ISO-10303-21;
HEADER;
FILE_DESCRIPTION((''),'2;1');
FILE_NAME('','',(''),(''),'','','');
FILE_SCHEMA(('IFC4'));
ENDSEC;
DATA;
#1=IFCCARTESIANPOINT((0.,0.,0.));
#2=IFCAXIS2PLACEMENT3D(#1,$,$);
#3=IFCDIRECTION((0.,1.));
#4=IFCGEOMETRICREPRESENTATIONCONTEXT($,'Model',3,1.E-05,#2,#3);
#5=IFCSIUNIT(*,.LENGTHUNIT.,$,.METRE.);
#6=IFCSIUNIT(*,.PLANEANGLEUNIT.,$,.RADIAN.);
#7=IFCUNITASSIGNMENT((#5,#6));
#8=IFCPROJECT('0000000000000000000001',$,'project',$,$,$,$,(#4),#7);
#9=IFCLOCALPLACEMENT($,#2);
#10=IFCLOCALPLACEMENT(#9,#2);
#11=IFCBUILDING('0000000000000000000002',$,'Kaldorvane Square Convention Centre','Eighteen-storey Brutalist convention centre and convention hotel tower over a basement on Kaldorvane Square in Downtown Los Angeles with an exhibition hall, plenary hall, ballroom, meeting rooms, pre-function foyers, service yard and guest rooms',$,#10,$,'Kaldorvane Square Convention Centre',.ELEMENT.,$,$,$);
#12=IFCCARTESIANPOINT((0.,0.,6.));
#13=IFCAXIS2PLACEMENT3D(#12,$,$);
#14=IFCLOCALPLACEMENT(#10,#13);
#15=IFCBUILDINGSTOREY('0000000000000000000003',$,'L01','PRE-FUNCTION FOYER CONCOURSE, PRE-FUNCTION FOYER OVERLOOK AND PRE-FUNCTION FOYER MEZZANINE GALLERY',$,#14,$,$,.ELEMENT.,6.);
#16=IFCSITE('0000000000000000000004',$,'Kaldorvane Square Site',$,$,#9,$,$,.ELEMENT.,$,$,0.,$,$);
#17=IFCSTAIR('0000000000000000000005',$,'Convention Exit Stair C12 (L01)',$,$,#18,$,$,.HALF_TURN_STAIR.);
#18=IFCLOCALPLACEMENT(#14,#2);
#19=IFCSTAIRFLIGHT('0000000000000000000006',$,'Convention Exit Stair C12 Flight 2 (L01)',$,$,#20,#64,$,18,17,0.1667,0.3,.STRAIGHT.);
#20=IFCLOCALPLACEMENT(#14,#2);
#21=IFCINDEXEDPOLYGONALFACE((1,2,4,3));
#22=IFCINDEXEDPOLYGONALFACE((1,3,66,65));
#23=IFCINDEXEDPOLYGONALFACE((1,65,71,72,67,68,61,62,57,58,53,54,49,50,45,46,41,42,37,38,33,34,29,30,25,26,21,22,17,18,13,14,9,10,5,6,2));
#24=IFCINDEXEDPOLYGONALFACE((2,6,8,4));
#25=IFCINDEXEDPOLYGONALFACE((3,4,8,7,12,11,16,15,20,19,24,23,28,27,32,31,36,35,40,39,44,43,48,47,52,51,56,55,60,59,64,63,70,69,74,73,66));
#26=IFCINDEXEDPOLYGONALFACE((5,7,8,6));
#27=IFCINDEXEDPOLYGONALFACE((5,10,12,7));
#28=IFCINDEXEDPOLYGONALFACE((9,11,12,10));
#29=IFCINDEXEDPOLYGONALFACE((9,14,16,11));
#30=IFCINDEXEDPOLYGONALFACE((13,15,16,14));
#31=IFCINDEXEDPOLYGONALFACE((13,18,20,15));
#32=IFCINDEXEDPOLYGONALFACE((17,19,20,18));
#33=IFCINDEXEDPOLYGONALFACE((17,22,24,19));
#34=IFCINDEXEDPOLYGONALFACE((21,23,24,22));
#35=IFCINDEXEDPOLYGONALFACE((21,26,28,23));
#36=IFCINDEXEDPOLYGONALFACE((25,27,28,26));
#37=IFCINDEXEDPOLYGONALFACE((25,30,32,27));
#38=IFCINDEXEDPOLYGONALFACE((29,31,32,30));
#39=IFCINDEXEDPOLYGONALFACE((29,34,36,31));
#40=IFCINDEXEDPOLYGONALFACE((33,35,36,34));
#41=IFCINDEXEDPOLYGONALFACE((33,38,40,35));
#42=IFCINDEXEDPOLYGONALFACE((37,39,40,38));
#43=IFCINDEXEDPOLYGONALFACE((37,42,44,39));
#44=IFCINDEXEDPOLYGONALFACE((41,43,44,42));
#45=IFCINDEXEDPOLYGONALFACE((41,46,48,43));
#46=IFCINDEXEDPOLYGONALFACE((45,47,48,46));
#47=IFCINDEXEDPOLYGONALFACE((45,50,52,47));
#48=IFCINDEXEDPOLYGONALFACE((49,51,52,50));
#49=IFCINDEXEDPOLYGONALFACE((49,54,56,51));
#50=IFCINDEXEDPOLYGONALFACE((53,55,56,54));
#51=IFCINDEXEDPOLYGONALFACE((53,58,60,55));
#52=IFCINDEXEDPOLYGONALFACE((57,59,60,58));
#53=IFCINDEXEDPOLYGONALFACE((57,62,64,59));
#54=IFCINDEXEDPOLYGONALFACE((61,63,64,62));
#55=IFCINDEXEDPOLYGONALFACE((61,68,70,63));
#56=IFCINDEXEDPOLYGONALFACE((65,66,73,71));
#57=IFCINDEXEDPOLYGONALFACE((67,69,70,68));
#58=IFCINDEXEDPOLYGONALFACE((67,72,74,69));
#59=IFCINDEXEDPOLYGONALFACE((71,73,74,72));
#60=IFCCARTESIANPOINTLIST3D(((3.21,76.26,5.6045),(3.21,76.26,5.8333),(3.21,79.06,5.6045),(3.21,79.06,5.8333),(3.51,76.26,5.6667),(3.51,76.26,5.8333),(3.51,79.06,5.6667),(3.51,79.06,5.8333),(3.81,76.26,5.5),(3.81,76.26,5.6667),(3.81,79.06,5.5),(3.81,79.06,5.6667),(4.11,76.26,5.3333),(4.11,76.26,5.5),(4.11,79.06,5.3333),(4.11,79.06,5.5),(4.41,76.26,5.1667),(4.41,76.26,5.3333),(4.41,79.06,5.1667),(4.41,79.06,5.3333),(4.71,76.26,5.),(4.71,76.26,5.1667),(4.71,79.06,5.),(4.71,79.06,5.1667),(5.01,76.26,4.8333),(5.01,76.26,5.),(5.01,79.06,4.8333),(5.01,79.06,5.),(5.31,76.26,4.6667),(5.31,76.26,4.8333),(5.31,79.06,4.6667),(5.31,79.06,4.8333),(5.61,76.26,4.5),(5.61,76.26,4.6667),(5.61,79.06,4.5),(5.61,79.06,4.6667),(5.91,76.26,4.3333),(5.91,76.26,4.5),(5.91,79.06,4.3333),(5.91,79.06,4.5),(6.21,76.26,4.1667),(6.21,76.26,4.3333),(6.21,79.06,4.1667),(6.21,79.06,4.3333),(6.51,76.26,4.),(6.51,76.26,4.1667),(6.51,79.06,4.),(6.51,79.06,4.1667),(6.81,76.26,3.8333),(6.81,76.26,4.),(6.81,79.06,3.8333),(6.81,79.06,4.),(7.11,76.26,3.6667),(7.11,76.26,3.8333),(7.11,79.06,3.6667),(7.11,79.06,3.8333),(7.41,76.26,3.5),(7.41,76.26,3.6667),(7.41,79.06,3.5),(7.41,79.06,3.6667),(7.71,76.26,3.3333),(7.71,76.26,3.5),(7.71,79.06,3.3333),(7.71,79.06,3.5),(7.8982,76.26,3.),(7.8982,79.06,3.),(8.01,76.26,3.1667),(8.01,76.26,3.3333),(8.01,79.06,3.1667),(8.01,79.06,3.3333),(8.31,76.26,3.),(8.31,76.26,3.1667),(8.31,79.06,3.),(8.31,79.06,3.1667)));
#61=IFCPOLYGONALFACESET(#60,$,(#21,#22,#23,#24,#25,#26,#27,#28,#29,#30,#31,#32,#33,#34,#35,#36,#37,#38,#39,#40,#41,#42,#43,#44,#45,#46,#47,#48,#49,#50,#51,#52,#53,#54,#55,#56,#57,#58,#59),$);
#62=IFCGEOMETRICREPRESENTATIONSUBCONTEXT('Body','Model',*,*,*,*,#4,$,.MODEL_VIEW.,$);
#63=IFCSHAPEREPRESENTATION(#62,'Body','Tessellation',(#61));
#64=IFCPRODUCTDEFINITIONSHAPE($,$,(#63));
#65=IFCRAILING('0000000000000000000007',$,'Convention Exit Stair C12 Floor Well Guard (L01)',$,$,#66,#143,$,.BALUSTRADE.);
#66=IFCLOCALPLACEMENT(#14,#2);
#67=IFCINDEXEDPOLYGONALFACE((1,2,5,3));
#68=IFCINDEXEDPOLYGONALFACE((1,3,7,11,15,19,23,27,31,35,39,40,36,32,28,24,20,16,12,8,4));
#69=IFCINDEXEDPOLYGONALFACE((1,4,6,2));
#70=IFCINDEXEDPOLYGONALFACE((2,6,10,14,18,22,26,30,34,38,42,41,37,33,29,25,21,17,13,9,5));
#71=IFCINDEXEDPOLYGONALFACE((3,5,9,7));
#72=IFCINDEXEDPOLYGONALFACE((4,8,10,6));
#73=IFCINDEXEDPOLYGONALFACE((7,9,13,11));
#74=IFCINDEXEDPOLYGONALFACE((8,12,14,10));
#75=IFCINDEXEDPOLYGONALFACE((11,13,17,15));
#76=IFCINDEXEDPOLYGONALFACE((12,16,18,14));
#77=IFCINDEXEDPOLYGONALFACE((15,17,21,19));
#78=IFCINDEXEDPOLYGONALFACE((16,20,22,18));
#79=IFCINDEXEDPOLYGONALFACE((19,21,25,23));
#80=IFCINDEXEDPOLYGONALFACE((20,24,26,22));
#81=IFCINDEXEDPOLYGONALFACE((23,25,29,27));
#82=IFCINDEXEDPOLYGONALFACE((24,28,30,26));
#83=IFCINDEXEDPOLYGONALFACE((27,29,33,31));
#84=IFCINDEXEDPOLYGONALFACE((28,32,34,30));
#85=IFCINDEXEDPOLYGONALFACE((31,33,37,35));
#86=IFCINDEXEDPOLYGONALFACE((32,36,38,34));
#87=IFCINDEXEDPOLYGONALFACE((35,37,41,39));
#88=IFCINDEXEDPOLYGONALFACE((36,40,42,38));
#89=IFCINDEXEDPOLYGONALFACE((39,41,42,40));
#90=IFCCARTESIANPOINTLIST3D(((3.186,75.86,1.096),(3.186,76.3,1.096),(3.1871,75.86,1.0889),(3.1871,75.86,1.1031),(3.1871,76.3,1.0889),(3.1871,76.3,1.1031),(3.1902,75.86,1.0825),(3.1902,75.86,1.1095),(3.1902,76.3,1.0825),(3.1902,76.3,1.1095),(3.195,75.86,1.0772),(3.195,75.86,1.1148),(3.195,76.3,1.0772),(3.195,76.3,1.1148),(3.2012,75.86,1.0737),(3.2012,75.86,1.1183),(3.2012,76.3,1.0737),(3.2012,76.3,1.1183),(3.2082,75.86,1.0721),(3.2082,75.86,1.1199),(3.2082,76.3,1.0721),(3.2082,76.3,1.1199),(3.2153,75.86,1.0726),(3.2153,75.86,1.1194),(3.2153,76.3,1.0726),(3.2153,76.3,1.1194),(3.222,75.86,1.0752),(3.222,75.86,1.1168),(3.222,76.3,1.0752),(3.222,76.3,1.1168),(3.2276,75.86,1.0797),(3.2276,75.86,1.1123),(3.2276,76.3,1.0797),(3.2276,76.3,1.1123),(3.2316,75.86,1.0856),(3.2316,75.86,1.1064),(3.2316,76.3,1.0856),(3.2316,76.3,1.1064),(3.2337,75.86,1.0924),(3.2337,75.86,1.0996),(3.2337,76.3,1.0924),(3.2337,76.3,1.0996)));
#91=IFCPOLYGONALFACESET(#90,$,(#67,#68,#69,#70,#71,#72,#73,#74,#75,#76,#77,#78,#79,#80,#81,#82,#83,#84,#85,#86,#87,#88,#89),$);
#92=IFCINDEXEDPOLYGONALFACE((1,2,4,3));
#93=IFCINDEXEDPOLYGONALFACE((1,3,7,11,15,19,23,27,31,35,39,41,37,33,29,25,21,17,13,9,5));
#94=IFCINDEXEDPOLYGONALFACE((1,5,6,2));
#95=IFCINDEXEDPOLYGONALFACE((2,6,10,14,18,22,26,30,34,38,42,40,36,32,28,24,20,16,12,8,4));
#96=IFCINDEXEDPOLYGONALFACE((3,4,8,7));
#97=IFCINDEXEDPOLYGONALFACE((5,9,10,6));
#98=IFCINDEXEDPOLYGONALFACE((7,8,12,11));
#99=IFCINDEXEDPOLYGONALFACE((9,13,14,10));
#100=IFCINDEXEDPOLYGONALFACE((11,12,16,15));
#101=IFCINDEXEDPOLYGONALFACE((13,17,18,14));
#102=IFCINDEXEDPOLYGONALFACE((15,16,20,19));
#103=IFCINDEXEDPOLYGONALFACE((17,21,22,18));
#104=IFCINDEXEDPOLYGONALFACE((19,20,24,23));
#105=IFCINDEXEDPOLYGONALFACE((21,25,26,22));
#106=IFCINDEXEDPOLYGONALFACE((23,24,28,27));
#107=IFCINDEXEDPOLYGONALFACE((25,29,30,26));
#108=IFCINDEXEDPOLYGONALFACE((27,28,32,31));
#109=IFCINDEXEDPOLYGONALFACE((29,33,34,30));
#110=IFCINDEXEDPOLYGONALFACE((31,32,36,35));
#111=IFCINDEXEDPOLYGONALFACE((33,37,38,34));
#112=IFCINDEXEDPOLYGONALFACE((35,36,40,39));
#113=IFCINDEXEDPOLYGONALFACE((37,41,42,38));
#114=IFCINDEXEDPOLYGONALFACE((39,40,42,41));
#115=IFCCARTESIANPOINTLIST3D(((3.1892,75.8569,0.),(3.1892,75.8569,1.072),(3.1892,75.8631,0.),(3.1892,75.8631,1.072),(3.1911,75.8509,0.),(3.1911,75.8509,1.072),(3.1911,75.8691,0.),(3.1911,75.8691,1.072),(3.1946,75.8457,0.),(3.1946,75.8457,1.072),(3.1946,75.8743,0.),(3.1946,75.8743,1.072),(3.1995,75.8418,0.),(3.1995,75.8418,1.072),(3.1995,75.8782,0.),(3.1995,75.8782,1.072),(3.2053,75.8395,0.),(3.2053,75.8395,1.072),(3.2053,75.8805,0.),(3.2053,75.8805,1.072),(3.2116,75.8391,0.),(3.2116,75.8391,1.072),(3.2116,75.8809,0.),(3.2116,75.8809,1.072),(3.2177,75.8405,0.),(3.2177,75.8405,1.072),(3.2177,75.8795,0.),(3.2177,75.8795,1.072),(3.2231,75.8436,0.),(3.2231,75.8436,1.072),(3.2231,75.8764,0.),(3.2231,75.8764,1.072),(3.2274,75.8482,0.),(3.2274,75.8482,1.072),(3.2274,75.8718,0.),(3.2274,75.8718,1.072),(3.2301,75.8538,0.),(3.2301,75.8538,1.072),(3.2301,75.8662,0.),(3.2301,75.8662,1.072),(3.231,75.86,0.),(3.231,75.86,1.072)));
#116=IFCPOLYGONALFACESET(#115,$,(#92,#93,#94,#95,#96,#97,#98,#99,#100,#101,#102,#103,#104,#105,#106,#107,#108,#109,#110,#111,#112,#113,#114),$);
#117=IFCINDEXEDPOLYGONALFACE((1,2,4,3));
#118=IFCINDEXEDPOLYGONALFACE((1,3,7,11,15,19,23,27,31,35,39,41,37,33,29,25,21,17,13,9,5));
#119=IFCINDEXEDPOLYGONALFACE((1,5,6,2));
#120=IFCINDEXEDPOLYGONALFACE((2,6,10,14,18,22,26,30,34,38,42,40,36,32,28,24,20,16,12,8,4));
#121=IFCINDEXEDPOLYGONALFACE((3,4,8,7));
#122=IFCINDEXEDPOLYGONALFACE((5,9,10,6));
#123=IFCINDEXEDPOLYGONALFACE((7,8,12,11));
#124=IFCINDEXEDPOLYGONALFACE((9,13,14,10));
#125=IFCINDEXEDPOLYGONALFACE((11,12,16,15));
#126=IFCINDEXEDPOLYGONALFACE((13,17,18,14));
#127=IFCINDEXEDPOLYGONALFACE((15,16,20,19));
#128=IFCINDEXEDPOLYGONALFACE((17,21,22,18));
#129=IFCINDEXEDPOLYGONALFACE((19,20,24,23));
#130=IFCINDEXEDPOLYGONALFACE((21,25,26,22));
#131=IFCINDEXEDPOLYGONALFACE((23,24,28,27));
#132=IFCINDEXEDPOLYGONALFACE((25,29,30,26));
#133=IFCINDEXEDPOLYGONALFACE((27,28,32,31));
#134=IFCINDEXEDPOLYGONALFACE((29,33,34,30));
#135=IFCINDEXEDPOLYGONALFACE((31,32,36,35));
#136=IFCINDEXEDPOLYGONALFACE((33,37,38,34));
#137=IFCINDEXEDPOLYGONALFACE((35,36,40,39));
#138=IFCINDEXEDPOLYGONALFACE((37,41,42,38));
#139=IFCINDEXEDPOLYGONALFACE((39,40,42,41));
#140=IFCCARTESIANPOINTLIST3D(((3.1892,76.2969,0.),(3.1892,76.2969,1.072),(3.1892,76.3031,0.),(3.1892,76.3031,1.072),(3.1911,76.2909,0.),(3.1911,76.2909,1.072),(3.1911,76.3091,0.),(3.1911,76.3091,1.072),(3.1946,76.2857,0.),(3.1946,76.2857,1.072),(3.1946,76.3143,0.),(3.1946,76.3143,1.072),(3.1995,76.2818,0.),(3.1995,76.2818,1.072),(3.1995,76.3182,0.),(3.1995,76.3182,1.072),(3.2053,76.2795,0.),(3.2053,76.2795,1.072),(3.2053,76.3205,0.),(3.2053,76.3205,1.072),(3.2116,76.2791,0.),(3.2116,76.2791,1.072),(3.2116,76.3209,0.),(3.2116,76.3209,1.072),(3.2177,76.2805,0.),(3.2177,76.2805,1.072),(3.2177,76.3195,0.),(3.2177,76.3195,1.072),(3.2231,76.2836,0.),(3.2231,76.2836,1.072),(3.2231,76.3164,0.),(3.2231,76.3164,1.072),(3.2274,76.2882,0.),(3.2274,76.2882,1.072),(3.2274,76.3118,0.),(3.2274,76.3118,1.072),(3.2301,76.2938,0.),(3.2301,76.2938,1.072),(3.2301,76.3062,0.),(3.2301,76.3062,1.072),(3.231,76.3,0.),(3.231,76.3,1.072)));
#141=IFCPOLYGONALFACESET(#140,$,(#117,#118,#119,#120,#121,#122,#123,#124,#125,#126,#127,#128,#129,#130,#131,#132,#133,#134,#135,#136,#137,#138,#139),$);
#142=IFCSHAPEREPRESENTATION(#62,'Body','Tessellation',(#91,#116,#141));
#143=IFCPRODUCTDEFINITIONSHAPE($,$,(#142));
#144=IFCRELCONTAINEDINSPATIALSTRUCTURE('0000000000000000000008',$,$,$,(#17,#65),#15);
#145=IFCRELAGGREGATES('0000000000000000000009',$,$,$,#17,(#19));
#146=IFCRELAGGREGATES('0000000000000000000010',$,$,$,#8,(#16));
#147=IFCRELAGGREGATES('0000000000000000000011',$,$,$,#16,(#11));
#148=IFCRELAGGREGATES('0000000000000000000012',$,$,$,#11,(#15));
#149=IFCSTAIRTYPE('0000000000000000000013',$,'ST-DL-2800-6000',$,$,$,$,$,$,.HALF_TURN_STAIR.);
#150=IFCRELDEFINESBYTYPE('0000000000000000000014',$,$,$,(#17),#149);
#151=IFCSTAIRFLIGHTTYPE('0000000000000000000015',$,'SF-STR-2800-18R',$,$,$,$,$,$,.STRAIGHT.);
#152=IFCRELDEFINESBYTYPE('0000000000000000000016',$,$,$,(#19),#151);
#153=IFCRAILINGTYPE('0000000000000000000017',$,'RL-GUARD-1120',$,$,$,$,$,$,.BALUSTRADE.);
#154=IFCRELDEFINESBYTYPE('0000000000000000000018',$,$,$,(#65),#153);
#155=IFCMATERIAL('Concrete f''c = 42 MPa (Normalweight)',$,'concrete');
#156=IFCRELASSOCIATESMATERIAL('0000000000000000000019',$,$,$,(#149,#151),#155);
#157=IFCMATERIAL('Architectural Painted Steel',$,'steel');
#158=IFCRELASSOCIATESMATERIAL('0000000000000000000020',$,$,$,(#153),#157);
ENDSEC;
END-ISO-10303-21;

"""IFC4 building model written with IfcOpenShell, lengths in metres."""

from ifc_helpers import new_model, si_unit, direction, frame, origin, origin_2d, place, context, subcontext, project, spatial, polyline, circle, outline, extrude, material, type_object, element, aggregate, save


model = new_model("IFC4")

# Units and contexts
model_context = context("Model", 3, precision=1e-05, world=origin(), true_north=direction((0.0, 1.0)))
body_context = subcontext(model_context, "Body", "Model", "MODEL_VIEW")
ifc_project = project(units=[si_unit("LENGTHUNIT", "METRE"), si_unit("PLANEANGLEUNIT", "RADIAN")], contexts=[model_context])

# Site, building, storey
site_placement = place(None, origin())
site = spatial("IfcSite", under=ifc_project, at=site_placement, Name="Kaldorvane Square Site", CompositionType="ELEMENT", RefElevation=0.0)
building_placement = place(site_placement, origin())
building = spatial("IfcBuilding", under=site, at=building_placement, Name="Kaldorvane Square Convention Centre", Description="Eighteen-storey Brutalist convention centre and convention hotel tower over a basement on Kaldorvane Square in Downtown Los Angeles with an exhibition hall, plenary hall, ballroom, meeting rooms, pre-function foyers, service yard and guest rooms", LongName="Kaldorvane Square Convention Centre", CompositionType="ELEMENT")
storey_placement = place(building_placement, frame((0.0, 0.0, 6.0)))
storey = spatial("IfcBuildingStorey", under=building, at=storey_placement, Name="L01", Description="PRE-FUNCTION FOYER CONCOURSE, PRE-FUNCTION FOYER OVERLOOK AND PRE-FUNCTION FOYER MEZZANINE GALLERY", CompositionType="ELEMENT", Elevation=6.0)

# Shared definitions
ifc_material_1 = material(Name="Concrete f'c = 42 MPa (Normalweight)", Category="concrete")

# Stair, stair flight
stair_type = type_object("IfcStairType", Name="ST-DL-2800-6000", PredefinedType="HALF_TURN_STAIR", material=ifc_material_1)
stair_placement = place(storey_placement, origin())
stair = element("IfcStair", 1, at=stair_placement, inside=storey, type_object=stair_type, Name="Convention Exit Stair C12 (L01)", PredefinedType="HALF_TURN_STAIR")
stair_flight_type = type_object("IfcStairFlightType", Name="SF-STR-2800-18R", PredefinedType="STRAIGHT", material=ifc_material_1)
stair_flight_1_placement = place(storey_placement, frame((8.31, 77.66, 3.0), z_axis=(0.0, 0.0, 1.0), x_axis=(-1.0, 0.0, 0.0)))
stair_flight_1 = element("IfcStairFlight", 2, at=stair_flight_1_placement, type_object=stair_flight_type, Name="Convention Exit Stair C12 Flight 2 (L01)", NumberOfRisers=18, NumberOfTreads=17, PredefinedType="STRAIGHT", RiserHeight=0.1667, TreadLength=0.3, context=body_context, shape_type="SweptSolid", body=[
    extrude(outline(polyline([(0.0, 0.0), (0.0, 0.1667), (0.3, 0.1667), (0.3, 0.3333), (0.6, 0.3333), (0.6, 0.5), (0.9, 0.5), (0.9, 0.6667), (1.2, 0.6667), (1.2, 0.8333), (1.5, 0.8333), (1.5, 1.0), (1.8, 1.0), (1.8, 1.1667), (2.1, 1.1667), (2.1, 1.3333), (2.4, 1.3333), (2.4, 1.5), (2.7, 1.5), (2.7, 1.6667), (3.0, 1.6667), (3.0, 1.8333), (3.3, 1.8333), (3.3, 2.0), (3.6, 2.0), (3.6, 2.1667), (3.9, 2.1667), (3.9, 2.3333), (4.2, 2.3333), (4.2, 2.5), (4.5, 2.5), (4.5, 2.6667), (4.8, 2.6667), (4.8, 2.8333), (5.1, 2.8333), (5.1, 3.0), (5.1, 2.6045), (0.4118, 0.0), (0.0, 0.0)])), frame((0.0, 1.4, 0.0), z_axis=(0.0, -1.0, 0.0), x_axis=(1.0, 0.0, 0.0)), (0.0, 0.0, 1.0), 2.8),
])
aggregate(stair, [stair_flight_1])

# Railing
ifc_material_2 = material(Name="Architectural Painted Steel", Category="steel")
railing_type_1 = type_object("IfcRailingType", Name="RL-GUARD-1120", PredefinedType="BALUSTRADE", material=ifc_material_2)
for number, where, name in (
    (3, (3.21, 75.86, 0.0), "Convention Exit Stair C12 Floor Well Guard (L01)"),
):
    element("IfcRailing", number, at=place(storey_placement, frame(where)), inside=storey, type_object=railing_type_1, Name=name, PredefinedType="BALUSTRADE", context=body_context, shape_type="SweptSolid", body=[
        extrude(circle(Radius=0.024, at=origin_2d()), frame((0.0, 0.0, 1.096), z_axis=(0.0, 1.0, 0.0), x_axis=(-1.0, 0.0, 0.0)), (0.0, 0.0, 1.0), 0.44),
        extrude(circle(Radius=0.021, at=origin_2d()), origin(), (0.0, 0.0, 1.0), 1.072),
        extrude(circle(Radius=0.021, at=origin_2d()), frame((0.0, 0.44, 0.0)), (0.0, 0.0, 1.0), 1.072),
    ])

save(model, "model.ifc")
